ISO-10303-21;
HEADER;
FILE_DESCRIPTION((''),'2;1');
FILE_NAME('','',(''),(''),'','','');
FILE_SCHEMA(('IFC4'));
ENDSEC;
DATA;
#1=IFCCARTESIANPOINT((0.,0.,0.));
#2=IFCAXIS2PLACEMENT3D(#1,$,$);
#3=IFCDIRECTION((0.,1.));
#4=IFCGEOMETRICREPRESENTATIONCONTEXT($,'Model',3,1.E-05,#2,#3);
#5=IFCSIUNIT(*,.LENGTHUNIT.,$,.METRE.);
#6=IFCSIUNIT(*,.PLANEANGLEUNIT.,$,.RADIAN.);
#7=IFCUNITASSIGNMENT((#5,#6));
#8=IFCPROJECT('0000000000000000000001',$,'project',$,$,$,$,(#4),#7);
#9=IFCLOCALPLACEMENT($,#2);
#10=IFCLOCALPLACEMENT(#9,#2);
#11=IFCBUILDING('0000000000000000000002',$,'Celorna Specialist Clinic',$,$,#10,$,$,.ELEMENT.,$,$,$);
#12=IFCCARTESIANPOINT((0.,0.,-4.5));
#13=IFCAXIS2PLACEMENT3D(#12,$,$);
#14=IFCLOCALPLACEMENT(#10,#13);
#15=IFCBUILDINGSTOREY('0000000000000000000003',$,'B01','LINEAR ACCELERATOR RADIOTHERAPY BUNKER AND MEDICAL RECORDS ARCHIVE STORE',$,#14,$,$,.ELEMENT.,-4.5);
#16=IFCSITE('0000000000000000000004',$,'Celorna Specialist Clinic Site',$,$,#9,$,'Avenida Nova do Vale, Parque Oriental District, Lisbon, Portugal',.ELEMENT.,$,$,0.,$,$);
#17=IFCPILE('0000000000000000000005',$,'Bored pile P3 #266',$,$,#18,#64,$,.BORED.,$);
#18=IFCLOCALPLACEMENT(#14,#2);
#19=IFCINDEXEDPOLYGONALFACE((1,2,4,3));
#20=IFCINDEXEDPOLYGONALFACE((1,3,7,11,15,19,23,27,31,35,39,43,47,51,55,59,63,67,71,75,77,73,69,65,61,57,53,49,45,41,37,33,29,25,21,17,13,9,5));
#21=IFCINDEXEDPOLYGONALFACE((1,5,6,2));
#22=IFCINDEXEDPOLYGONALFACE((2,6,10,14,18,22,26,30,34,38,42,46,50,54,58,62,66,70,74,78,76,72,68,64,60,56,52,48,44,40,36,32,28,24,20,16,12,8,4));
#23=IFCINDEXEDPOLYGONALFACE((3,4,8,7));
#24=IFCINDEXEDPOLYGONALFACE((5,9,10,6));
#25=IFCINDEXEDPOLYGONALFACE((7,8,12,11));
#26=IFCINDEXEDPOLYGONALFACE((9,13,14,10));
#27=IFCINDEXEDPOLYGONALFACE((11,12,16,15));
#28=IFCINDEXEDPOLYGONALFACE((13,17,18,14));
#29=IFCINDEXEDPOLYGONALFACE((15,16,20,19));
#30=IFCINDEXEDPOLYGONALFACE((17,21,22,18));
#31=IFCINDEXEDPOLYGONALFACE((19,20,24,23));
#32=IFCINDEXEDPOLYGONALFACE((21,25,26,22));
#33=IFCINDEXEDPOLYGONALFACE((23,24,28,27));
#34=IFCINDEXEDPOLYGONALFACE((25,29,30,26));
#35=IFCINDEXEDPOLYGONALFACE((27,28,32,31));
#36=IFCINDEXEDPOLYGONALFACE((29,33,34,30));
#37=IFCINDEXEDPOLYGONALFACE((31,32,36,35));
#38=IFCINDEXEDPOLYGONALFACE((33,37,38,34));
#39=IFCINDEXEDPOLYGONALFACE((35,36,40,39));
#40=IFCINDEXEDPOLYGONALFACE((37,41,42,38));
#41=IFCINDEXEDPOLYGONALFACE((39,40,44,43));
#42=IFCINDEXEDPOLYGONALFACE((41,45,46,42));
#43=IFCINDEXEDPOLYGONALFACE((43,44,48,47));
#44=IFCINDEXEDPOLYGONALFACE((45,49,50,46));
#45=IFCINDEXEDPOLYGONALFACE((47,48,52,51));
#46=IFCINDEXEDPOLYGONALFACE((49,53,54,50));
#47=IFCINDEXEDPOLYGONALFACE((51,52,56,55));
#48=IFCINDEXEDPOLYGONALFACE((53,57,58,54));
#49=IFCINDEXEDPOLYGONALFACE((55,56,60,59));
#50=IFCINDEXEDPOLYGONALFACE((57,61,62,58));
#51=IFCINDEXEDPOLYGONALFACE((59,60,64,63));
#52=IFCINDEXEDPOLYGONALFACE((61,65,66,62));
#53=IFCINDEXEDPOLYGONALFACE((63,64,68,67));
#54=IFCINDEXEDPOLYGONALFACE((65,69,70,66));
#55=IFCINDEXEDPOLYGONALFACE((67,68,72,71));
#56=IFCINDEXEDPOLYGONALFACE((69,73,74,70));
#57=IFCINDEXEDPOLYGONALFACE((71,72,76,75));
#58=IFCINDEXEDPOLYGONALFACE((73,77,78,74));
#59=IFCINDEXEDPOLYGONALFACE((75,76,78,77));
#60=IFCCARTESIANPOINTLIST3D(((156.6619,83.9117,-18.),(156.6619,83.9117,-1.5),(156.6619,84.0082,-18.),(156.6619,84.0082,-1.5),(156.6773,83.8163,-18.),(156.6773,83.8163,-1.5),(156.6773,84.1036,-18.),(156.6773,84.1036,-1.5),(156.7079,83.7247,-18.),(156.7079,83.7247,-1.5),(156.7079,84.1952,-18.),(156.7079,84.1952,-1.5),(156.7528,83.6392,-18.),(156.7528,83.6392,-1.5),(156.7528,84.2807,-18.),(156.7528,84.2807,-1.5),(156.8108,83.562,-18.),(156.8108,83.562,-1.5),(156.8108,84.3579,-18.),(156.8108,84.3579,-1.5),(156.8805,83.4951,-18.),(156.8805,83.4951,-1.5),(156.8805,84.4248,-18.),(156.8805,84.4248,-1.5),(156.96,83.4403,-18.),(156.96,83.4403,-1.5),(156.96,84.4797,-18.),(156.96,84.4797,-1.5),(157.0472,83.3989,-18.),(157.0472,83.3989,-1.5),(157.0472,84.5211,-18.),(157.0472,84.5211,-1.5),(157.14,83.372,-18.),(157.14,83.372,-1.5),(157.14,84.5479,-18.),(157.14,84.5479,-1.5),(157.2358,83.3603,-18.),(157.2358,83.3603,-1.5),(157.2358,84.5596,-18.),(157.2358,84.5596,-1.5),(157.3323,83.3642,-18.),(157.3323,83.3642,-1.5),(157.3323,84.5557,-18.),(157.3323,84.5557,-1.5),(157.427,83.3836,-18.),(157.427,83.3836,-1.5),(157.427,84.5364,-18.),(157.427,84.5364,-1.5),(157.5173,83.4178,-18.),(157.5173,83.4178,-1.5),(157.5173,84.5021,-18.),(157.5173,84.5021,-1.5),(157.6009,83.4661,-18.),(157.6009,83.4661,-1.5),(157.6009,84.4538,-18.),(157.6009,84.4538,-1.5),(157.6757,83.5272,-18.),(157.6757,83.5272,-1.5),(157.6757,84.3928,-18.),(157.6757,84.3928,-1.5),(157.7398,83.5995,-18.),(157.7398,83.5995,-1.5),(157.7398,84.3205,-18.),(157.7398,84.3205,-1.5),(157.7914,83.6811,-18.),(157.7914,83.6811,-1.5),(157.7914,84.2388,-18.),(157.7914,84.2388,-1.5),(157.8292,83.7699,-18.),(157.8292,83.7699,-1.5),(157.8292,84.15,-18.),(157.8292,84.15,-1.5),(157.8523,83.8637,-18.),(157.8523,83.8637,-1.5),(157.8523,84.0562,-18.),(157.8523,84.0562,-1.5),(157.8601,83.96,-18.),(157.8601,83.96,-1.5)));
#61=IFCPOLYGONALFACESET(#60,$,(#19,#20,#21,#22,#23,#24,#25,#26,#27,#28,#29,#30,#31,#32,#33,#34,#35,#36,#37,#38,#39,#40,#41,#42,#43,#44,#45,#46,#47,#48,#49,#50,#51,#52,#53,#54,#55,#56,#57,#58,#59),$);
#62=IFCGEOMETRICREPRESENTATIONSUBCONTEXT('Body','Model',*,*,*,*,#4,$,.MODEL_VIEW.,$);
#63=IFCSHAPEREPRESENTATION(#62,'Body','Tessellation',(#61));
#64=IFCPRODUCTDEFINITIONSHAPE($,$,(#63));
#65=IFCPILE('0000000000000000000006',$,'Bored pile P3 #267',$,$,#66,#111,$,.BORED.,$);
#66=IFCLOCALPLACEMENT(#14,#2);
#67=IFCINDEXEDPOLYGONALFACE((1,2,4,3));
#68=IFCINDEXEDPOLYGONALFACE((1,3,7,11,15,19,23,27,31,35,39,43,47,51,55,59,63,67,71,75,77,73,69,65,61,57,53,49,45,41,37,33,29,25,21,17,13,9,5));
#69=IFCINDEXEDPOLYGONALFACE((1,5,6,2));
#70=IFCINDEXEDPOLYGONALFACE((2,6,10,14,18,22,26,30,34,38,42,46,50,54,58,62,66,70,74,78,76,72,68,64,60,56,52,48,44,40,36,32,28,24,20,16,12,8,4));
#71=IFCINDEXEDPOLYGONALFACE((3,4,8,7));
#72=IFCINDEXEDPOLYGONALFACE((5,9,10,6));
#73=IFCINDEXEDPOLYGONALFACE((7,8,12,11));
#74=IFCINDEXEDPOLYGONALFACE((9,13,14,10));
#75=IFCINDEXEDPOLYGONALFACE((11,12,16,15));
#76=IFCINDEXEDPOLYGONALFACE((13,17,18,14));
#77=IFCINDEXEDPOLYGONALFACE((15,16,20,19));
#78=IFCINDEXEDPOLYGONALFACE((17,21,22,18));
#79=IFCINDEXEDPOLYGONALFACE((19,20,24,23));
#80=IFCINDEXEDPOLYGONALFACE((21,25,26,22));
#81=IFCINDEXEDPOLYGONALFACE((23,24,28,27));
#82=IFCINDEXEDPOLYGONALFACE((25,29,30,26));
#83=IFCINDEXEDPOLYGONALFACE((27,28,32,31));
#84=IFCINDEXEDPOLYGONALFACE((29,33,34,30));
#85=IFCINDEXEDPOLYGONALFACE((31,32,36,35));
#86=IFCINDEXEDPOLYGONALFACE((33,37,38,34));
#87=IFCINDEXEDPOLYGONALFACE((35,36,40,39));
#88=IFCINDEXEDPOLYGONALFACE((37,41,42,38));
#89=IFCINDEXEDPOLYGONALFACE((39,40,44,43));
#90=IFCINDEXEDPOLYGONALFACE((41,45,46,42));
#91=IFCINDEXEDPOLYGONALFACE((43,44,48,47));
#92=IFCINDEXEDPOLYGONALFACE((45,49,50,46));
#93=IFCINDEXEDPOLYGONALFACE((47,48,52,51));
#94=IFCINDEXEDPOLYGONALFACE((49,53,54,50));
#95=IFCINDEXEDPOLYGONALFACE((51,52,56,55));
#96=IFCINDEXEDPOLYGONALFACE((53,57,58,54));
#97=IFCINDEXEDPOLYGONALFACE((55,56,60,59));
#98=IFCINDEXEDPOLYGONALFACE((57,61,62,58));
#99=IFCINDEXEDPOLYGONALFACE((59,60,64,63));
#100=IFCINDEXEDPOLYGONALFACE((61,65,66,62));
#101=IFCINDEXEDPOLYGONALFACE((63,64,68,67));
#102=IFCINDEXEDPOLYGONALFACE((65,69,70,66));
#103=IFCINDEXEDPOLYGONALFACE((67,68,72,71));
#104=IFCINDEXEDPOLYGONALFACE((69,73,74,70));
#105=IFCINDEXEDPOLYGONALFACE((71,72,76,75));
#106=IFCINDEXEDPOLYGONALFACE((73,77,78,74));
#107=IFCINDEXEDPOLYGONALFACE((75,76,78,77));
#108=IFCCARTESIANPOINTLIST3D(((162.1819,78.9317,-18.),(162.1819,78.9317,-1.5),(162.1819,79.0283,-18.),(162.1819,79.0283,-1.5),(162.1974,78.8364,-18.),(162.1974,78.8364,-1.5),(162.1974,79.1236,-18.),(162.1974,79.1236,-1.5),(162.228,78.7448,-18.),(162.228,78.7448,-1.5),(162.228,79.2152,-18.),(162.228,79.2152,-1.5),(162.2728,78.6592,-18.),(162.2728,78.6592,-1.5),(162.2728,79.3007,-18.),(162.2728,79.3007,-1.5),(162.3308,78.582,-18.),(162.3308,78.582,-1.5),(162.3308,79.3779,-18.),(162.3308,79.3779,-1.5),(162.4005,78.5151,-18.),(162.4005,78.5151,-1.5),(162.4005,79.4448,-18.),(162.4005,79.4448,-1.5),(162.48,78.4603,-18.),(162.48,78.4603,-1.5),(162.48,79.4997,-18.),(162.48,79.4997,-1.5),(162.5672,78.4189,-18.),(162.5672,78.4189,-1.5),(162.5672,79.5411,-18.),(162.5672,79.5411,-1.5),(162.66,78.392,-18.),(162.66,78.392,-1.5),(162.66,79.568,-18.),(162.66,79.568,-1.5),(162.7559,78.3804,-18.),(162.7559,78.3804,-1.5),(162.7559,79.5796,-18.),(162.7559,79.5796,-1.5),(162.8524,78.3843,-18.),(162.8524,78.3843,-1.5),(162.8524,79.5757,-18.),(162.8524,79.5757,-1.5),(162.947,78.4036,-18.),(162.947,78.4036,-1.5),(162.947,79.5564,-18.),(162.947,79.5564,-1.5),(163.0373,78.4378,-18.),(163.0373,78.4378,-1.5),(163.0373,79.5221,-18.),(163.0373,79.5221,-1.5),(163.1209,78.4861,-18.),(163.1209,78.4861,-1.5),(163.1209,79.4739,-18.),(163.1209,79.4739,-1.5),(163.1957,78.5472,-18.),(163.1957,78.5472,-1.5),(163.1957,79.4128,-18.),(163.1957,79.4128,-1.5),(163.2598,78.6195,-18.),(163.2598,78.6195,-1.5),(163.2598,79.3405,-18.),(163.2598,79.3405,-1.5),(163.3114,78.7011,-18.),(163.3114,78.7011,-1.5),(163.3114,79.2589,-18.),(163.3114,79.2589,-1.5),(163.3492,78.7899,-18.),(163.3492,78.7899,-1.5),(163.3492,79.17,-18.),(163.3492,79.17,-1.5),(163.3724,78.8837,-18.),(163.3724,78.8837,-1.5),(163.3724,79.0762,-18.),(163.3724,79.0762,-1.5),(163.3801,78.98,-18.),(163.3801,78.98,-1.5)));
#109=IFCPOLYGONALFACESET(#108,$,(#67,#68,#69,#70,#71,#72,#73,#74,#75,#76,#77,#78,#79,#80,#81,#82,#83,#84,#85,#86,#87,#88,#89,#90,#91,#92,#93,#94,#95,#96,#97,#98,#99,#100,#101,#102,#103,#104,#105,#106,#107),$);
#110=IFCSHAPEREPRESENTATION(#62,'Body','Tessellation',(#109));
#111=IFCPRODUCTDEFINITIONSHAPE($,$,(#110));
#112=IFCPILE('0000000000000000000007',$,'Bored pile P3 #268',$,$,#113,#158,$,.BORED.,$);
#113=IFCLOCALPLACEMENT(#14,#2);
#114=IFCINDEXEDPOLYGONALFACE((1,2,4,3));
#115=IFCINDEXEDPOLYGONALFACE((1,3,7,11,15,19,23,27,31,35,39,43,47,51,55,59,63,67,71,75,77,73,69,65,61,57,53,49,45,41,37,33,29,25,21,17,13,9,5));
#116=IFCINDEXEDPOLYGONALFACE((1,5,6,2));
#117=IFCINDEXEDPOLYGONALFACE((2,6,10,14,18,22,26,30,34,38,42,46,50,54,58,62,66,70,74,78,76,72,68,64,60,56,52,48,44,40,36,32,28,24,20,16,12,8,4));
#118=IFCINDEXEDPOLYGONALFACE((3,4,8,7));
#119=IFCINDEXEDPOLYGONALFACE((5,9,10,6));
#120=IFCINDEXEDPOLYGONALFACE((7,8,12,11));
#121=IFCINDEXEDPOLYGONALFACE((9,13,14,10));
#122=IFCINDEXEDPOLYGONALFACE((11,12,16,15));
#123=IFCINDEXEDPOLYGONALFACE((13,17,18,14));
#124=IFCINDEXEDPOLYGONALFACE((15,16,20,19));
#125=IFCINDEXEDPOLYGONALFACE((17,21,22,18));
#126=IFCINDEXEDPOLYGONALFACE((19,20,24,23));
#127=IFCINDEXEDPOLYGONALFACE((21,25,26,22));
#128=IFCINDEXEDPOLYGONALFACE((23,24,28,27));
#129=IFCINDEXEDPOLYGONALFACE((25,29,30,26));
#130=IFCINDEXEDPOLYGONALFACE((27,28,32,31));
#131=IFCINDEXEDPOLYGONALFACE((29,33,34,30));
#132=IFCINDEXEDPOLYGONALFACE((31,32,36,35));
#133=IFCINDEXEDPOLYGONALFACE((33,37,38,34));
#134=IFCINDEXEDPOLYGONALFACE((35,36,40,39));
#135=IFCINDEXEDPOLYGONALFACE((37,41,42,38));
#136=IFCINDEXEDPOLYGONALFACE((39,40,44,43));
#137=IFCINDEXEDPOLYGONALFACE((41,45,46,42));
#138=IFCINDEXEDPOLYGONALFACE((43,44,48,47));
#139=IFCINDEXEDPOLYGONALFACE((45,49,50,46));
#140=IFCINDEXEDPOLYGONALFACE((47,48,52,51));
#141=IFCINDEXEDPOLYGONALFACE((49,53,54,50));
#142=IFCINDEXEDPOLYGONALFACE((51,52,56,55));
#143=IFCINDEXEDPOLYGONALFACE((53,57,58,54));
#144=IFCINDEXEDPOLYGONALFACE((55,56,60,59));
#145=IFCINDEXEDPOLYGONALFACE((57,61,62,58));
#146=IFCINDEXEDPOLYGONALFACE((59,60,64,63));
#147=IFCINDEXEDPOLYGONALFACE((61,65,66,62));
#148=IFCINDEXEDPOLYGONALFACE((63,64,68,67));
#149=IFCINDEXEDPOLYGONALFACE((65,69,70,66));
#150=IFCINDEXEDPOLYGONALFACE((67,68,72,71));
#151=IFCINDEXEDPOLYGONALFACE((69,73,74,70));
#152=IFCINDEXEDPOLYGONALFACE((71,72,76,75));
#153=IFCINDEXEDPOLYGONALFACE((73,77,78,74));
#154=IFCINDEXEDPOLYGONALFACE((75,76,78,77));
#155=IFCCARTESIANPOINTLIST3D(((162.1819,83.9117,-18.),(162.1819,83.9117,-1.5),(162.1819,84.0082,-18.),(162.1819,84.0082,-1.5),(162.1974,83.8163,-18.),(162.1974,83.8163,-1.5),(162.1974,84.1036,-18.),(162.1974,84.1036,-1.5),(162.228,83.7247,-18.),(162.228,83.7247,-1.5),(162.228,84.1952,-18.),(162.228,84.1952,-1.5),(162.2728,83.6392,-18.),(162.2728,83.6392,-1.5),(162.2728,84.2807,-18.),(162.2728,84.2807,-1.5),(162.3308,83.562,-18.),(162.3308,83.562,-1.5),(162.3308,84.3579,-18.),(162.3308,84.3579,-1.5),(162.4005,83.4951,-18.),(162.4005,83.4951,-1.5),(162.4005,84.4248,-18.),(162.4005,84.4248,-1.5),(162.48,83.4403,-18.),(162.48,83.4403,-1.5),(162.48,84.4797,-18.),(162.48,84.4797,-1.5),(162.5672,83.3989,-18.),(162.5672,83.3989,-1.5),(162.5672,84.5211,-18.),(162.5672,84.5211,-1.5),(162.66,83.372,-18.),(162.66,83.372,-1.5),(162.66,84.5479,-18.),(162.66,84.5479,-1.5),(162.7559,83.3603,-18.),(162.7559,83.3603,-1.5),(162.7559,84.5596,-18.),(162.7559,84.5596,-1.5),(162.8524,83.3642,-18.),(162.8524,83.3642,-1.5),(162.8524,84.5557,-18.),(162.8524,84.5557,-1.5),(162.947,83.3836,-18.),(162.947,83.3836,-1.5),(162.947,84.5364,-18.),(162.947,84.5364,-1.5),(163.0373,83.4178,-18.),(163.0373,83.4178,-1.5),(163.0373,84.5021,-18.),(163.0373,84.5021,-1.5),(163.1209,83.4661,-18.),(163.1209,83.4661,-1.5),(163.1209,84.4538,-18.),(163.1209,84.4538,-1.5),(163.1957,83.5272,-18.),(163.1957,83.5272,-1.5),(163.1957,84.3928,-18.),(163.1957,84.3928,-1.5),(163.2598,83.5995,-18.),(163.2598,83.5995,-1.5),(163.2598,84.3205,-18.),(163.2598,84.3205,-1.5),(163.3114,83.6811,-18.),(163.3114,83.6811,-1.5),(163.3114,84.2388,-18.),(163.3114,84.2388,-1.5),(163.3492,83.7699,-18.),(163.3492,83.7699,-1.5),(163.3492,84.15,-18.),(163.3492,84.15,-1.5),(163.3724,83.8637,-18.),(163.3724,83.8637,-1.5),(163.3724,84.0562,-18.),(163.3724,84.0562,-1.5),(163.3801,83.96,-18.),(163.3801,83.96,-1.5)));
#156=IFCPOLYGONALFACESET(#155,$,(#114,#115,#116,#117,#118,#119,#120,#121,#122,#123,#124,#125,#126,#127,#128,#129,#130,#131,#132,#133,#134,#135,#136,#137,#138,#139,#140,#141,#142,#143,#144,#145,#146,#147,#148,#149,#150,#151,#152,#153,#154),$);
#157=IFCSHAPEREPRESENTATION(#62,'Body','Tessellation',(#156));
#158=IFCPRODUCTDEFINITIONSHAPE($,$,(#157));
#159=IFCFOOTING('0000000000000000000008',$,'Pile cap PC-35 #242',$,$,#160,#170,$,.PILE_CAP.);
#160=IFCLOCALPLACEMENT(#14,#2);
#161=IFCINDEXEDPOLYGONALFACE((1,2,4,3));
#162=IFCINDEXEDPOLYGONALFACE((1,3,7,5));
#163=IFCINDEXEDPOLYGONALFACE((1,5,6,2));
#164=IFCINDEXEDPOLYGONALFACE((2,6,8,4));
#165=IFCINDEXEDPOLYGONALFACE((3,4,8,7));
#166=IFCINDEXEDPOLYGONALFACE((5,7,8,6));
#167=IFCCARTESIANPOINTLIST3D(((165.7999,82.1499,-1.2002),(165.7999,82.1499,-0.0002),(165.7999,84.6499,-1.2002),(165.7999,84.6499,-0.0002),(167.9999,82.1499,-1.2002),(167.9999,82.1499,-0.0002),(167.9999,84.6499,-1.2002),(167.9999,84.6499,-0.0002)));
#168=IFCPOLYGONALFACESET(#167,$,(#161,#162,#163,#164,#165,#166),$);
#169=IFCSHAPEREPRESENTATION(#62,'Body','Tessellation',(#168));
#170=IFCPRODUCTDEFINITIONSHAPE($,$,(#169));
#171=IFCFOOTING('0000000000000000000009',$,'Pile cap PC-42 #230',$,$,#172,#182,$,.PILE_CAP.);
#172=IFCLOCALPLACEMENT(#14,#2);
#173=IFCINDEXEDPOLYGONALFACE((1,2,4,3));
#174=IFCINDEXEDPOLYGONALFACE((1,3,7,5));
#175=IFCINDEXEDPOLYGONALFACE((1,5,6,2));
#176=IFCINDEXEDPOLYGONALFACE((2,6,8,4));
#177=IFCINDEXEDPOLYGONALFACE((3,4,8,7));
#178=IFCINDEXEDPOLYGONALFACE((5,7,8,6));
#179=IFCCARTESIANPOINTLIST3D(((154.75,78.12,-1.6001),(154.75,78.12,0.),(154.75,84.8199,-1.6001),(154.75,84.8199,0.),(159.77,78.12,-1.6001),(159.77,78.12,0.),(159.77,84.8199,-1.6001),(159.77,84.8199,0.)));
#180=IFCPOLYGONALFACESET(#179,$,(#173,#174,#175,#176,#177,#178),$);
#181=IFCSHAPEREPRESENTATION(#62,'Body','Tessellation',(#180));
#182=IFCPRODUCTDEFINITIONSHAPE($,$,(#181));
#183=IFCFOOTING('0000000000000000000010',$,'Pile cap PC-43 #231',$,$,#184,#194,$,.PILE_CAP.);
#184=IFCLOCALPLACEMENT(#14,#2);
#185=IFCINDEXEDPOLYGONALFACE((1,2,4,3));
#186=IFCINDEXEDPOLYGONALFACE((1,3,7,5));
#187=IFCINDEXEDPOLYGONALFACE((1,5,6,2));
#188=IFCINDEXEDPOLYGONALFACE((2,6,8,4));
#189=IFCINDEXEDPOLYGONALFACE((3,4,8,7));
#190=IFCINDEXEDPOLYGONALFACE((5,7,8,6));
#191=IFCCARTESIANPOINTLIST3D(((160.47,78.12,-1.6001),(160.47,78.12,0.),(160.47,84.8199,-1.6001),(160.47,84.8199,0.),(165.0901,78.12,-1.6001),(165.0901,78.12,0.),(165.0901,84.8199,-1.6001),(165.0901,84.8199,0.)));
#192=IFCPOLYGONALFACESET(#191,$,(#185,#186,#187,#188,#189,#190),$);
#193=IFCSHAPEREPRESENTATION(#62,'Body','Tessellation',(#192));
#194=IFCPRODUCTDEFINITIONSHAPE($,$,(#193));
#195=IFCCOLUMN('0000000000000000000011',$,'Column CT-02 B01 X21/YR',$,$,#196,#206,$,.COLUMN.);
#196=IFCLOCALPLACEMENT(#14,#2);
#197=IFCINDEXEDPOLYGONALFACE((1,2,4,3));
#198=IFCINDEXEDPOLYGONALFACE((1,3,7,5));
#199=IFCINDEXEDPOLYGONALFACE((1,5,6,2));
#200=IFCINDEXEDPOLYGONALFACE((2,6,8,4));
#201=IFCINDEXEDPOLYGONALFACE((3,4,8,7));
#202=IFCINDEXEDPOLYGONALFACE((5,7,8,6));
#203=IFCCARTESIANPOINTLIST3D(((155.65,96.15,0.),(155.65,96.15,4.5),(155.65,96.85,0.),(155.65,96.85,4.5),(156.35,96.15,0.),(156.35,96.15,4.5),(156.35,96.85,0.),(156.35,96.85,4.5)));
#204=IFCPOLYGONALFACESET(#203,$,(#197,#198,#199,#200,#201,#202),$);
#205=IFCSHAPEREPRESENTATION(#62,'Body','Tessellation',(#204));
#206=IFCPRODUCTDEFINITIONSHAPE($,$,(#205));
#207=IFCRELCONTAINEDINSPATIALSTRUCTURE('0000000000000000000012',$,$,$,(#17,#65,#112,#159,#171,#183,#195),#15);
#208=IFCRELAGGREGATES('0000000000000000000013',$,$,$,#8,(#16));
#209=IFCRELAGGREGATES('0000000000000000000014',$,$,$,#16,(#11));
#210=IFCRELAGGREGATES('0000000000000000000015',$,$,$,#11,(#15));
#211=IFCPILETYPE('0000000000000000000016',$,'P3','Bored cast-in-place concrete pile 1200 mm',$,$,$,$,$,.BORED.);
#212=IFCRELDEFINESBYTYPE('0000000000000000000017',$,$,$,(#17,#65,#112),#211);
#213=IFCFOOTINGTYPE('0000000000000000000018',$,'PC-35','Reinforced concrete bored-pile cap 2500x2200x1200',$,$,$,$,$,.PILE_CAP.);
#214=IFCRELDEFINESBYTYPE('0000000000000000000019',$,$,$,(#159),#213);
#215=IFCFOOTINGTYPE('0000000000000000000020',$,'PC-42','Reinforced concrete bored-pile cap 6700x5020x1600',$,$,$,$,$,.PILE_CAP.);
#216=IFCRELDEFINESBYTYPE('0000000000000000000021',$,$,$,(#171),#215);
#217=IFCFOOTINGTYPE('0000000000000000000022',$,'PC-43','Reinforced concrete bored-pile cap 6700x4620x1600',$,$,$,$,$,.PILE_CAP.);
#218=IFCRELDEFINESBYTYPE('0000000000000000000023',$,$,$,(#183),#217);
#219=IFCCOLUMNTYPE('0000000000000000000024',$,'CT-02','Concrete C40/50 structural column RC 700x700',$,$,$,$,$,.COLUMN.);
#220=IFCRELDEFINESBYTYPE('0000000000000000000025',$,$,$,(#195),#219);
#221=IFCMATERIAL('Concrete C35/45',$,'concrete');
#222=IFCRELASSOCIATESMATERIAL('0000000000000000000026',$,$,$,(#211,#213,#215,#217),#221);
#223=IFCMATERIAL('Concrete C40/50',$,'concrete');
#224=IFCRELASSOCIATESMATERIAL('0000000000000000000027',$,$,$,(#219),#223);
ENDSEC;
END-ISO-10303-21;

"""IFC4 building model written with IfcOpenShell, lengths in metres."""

from ifc_helpers import new_model, si_unit, direction, frame, origin, origin_2d, place, context, subcontext, project, spatial, rectangle, circle, extrude, material, material_profile, profile_set, type_object, element, save


model = new_model("IFC4")

# Units and contexts
model_context = context("Model", 3, precision=1e-05, world=origin(), true_north=direction((0.0, 1.0)))
body_context = subcontext(model_context, "Body", "Model", "MODEL_VIEW")
ifc_project = project(units=[si_unit("LENGTHUNIT", "METRE"), si_unit("PLANEANGLEUNIT", "RADIAN")], contexts=[model_context])

# Site, building, storey
site_placement = place(None, origin())
site = spatial("IfcSite", under=ifc_project, at=site_placement, Name="Celorna Specialist Clinic Site", LongName="Avenida Nova do Vale, Parque Oriental District, Lisbon, Portugal", CompositionType="ELEMENT", RefElevation=0.0)
building_placement = place(site_placement, origin())
building = spatial("IfcBuilding", under=site, at=building_placement, Name="Celorna Specialist Clinic", CompositionType="ELEMENT")
storey_placement = place(building_placement, frame((0.0, 0.0, -4.5)))
storey = spatial("IfcBuildingStorey", under=building, at=storey_placement, Name="B01", Description="LINEAR ACCELERATOR RADIOTHERAPY BUNKER AND MEDICAL RECORDS ARCHIVE STORE", CompositionType="ELEMENT", Elevation=-4.5)

# Shared definitions
ifc_material_1 = material(Name="Concrete C35/45", Category="concrete")

# Piles
ifc_material_profile_1 = material_profile(ifc_material_1, circle(Radius=0.6001, at=origin_2d()), Name="BORED PILE 1200")
ifc_profile_set_1 = profile_set([ifc_material_profile_1], Name="Concrete C35/45")
pile_type_1 = type_object("IfcPileType", Name="P3", Description="Bored cast-in-place concrete pile 1200 mm", PredefinedType="BORED", material=ifc_profile_set_1)
for number, where, z_axis, x_axis, name in (
    (1, (157.26, 83.96, -1.5), (0.0, 0.0, -1.0), (1.0, 0.0, 0.0), "Bored pile P3 #266"),
    (2, (162.78, 78.98, -1.5), (0.0, 0.0, -1.0), (1.0, 0.0, 0.0), "Bored pile P3 #267"),
    (3, (162.78, 83.96, -1.5), (0.0, 0.0, -1.0), (1.0, 0.0, 0.0), "Bored pile P3 #268"),
):
    element("IfcPile", number, at=place(storey_placement, frame(where, z_axis=z_axis, x_axis=x_axis)), inside=storey, type_object=pile_type_1, Name=name, PredefinedType="BORED", context=body_context, shape_type="SweptSolid", body=[
        extrude(circle(Radius=0.6001, at=origin_2d()), origin(), (0.0, 0.0, 1.0), 16.5),
    ])

# Footings
footing_type_1 = type_object("IfcFootingType", Name="PC-35", Description="Reinforced concrete bored-pile cap 2500x2200x1200", PredefinedType="PILE_CAP", material=ifc_material_1)
footing_1_placement = place(storey_placement, frame((166.8999, 83.3999, -1.2002), z_axis=(0.0, 0.0, 1.0), x_axis=(1.0, 0.0, 0.0)))
element("IfcFooting", 4, at=footing_1_placement, inside=storey, type_object=footing_type_1, Name="Pile cap PC-35 #242", PredefinedType="PILE_CAP", context=body_context, shape_type="SweptSolid", body=[
    extrude(rectangle(XDim=2.2, YDim=2.5, at=origin_2d()), origin(), (0.0, 0.0, 1.0), 1.2),
])
footing_type_2 = type_object("IfcFootingType", Name="PC-42", Description="Reinforced concrete bored-pile cap 6700x5020x1600", PredefinedType="PILE_CAP", material=ifc_material_1)
footing_2_placement = place(storey_placement, frame((157.26, 81.47, -1.6001), z_axis=(0.0, 0.0, 1.0), x_axis=(1.0, 0.0, 0.0)))
element("IfcFooting", 5, at=footing_2_placement, inside=storey, type_object=footing_type_2, Name="Pile cap PC-42 #230", PredefinedType="PILE_CAP", context=body_context, shape_type="SweptSolid", body=[
    extrude(rectangle(XDim=5.02, YDim=6.7, at=origin_2d()), origin(), (0.0, 0.0, 1.0), 1.6001),
])
footing_type_3 = type_object("IfcFootingType", Name="PC-43", Description="Reinforced concrete bored-pile cap 6700x4620x1600", PredefinedType="PILE_CAP", material=ifc_material_1)
footing_3_placement = place(storey_placement, frame((162.78, 81.47, -1.6001), z_axis=(0.0, 0.0, 1.0), x_axis=(1.0, 0.0, 0.0)))
element("IfcFooting", 6, at=footing_3_placement, inside=storey, type_object=footing_type_3, Name="Pile cap PC-43 #231", PredefinedType="PILE_CAP", context=body_context, shape_type="SweptSolid", body=[
    extrude(rectangle(XDim=4.6201, YDim=6.7, at=origin_2d()), origin(), (0.0, 0.0, 1.0), 1.6001),
])

# Column
ifc_material_2 = material(Name="Concrete C40/50", Category="concrete")
ifc_material_profile_2 = material_profile(ifc_material_2, rectangle(XDim=0.7, YDim=0.7, at=origin_2d()), Name="RC 700x700")
ifc_profile_set_2 = profile_set([ifc_material_profile_2], Name="Concrete C40/50")
column_type_1 = type_object("IfcColumnType", Name="CT-02", Description="Concrete C40/50 structural column RC 700x700", PredefinedType="COLUMN", material=ifc_profile_set_2)
column_placement = place(storey_placement, frame((156.0, 96.5, 0.0), z_axis=(0.0, 0.0, 1.0), x_axis=(1.0, 0.0, 0.0)))
element("IfcColumn", 7, at=column_placement, inside=storey, type_object=column_type_1, Name="Column CT-02 B01 X21/YR", PredefinedType="COLUMN", context=body_context, shape_type="SweptSolid", body=[
    extrude(rectangle(XDim=0.7, YDim=0.7, at=origin_2d()), origin(), (0.0, 0.0, 1.0), 4.5),
])

save(model, "model.ifc")
